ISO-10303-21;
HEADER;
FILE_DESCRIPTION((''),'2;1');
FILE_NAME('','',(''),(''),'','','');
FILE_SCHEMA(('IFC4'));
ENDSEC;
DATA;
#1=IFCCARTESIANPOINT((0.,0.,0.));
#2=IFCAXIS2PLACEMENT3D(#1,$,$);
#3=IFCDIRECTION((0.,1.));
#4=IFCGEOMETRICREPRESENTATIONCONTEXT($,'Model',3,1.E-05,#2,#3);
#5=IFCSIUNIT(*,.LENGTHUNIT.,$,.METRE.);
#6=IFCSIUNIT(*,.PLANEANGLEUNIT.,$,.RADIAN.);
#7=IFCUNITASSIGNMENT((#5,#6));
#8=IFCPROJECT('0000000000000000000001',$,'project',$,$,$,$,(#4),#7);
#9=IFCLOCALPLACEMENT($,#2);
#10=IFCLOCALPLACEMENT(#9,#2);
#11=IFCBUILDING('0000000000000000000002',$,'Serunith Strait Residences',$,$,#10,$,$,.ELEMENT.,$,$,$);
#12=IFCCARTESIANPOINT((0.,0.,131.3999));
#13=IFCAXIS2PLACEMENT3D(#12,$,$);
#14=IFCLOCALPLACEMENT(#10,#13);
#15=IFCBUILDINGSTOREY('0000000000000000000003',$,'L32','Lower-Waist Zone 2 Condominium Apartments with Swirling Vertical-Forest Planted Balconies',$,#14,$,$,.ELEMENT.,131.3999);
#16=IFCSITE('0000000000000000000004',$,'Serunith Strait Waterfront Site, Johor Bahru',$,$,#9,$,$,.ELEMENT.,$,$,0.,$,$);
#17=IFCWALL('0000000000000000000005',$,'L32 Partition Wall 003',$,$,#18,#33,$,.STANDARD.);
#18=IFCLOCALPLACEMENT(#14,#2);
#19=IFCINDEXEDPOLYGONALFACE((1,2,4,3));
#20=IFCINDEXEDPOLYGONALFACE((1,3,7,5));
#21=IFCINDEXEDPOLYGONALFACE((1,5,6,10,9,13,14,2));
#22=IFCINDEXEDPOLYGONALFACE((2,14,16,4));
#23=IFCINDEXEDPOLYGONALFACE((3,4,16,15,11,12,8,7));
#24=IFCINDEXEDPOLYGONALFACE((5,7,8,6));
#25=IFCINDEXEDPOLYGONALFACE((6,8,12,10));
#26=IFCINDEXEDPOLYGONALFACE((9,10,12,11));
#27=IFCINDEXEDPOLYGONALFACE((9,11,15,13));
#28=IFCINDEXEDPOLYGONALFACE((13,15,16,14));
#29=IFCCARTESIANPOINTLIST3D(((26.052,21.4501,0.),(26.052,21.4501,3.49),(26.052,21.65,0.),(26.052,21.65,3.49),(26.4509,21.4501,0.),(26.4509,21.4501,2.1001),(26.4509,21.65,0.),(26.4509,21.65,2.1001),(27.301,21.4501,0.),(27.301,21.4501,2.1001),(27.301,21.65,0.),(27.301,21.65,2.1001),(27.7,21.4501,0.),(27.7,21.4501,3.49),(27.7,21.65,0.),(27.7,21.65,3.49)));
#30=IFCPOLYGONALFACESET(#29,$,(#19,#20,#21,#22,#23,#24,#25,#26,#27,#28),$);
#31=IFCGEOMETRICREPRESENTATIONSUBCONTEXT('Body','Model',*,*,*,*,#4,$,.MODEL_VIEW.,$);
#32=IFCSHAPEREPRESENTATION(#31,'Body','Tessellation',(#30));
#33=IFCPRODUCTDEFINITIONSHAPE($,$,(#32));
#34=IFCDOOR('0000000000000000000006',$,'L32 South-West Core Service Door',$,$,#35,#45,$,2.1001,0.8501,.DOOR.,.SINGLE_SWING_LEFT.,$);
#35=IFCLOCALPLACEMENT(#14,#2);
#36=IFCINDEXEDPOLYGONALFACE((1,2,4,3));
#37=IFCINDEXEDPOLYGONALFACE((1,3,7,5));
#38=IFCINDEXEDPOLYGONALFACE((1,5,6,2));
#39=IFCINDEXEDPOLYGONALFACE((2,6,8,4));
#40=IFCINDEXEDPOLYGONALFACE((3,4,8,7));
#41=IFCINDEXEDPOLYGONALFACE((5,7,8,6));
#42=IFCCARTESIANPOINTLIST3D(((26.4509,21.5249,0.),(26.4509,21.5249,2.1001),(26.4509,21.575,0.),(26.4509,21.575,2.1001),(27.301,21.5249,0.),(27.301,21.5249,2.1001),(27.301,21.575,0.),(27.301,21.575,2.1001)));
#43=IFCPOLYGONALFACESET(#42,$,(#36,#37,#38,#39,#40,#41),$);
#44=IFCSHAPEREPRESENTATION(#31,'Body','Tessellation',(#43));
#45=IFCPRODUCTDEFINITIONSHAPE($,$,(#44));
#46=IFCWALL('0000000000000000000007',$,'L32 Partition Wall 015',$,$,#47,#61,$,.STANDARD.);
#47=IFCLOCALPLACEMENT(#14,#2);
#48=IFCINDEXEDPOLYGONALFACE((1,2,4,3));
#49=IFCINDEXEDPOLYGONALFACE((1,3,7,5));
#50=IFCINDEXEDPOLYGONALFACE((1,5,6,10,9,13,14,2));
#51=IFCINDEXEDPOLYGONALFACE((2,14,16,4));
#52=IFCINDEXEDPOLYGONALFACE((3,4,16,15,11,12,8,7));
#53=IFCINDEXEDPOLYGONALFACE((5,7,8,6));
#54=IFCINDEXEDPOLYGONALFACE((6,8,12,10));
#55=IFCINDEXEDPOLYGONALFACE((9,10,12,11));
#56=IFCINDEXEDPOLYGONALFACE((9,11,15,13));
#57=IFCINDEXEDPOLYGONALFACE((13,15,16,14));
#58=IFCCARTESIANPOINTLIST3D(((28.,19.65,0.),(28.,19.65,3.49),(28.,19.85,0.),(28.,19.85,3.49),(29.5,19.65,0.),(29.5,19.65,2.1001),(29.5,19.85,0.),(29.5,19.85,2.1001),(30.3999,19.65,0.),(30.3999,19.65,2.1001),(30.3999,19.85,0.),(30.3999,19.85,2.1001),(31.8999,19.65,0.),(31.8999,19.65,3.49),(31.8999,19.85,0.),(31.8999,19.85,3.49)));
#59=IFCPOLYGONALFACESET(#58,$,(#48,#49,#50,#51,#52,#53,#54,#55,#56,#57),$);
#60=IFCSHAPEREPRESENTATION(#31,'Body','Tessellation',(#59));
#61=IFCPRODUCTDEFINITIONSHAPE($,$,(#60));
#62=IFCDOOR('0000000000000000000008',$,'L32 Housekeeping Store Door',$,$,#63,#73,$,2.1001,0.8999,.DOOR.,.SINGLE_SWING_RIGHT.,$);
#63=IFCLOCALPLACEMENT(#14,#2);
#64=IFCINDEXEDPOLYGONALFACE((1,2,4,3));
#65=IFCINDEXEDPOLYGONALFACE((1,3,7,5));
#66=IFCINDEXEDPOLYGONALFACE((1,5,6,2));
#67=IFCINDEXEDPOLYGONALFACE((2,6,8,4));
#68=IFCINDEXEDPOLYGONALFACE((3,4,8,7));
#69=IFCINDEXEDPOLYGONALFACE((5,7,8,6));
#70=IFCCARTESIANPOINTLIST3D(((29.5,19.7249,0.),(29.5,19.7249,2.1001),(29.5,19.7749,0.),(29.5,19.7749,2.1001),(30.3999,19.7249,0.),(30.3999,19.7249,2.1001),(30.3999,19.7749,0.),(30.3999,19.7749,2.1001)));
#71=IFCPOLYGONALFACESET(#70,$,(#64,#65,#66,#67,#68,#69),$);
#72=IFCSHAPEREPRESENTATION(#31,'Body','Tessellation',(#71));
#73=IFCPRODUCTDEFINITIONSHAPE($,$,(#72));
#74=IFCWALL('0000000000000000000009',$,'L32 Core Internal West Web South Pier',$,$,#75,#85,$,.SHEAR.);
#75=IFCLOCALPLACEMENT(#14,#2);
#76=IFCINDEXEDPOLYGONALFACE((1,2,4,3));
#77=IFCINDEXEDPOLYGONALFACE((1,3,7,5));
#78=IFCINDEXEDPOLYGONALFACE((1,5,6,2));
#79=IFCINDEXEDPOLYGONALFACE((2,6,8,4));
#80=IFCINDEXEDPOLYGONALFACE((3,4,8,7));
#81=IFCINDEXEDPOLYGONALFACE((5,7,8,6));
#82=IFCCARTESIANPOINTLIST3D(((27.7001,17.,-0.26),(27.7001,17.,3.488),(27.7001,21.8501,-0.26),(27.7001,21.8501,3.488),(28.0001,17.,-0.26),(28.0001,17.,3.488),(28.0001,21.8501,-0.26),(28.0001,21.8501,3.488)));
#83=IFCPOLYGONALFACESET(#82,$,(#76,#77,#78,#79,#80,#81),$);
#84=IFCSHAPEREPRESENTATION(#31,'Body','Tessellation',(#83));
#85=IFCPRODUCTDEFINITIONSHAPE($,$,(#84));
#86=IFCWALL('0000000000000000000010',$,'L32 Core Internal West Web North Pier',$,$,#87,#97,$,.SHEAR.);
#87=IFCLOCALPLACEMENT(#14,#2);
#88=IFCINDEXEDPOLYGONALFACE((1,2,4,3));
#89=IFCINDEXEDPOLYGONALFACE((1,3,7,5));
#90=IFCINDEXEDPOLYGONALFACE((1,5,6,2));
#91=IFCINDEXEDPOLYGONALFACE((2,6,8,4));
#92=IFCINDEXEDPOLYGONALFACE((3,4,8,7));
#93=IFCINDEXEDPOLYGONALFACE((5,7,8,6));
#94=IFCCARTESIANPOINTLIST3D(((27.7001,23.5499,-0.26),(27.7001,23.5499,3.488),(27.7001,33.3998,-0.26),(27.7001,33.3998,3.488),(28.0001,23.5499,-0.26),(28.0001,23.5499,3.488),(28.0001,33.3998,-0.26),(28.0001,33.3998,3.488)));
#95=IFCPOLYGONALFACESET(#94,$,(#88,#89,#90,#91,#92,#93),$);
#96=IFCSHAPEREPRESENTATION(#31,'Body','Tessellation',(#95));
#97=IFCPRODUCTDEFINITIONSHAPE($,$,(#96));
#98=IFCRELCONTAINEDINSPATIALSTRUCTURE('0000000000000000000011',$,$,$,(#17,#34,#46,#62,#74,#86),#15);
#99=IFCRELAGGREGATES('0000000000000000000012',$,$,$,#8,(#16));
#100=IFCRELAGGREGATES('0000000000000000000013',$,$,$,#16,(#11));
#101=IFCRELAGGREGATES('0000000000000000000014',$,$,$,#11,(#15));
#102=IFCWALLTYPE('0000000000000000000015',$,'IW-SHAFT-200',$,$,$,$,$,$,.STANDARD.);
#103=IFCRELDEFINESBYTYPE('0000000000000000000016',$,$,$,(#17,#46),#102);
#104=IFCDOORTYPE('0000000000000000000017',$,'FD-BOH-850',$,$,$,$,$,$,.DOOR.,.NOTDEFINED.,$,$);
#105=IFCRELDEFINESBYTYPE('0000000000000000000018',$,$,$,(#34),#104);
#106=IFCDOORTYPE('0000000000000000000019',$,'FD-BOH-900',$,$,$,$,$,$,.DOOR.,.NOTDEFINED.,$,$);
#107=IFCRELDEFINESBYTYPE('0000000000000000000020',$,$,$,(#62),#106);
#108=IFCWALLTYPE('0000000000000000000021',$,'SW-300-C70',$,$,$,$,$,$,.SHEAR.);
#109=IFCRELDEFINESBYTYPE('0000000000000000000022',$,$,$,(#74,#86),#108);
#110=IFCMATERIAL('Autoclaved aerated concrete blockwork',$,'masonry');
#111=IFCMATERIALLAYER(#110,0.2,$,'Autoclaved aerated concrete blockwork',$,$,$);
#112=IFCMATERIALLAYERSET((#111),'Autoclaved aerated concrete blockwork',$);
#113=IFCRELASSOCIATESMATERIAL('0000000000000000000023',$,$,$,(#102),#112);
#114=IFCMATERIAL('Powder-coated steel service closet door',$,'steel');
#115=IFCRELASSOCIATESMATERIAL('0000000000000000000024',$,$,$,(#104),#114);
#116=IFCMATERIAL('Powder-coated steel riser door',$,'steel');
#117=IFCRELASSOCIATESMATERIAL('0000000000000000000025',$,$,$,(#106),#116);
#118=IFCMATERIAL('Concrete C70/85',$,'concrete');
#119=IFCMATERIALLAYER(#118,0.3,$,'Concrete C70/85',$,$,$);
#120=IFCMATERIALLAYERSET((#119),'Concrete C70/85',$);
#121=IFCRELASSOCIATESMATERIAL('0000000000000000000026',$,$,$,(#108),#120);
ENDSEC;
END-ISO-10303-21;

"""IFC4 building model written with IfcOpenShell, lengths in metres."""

from ifc_helpers import new_model, si_unit, direction, frame, frame_2d, origin, place, context, subcontext, project, spatial, rectangle, extrude, source, transform, mapped, material, layer, layer_set, type_object, element, fill, save


model = new_model("IFC4")

# Units and contexts
model_context = context("Model", 3, precision=1e-05, world=origin(), true_north=direction((0.0, 1.0)))
body_context = subcontext(model_context, "Body", "Model", "MODEL_VIEW")
ifc_project = project(units=[si_unit("LENGTHUNIT", "METRE"), si_unit("PLANEANGLEUNIT", "RADIAN")], contexts=[model_context])

# Site, building, storey
site_placement = place(None, origin())
site = spatial("IfcSite", under=ifc_project, at=site_placement, Name="Serunith Strait Waterfront Site, Johor Bahru", CompositionType="ELEMENT", RefElevation=0.0)
building_placement = place(site_placement, origin())
building = spatial("IfcBuilding", under=site, at=building_placement, Name="Serunith Strait Residences", CompositionType="ELEMENT")
storey_placement = place(building_placement, frame((0.0, 0.0, 131.3999)))
storey = spatial("IfcBuildingStorey", under=building, at=storey_placement, Name="L32", Description="Lower-Waist Zone 2 Condominium Apartments with Swirling Vertical-Forest Planted Balconies", CompositionType="ELEMENT", Elevation=131.3999)

# Shared definitions
ifc_material_1 = material(Name="Autoclaved aerated concrete blockwork", Category="masonry")
ifc_layer_1 = layer(ifc_material_1, 0.2, Name="Autoclaved aerated concrete blockwork")
ifc_layer_set_1 = layer_set([ifc_layer_1], Name="Autoclaved aerated concrete blockwork")
wall_type_1 = type_object("IfcWallType", Name="IW-SHAFT-200", PredefinedType="STANDARD", material=ifc_layer_set_1)

# Walls, openings, doors
wall_1_placement = place(storey_placement, frame((26.052, 21.55, 0.0), z_axis=(0.0, 0.0, 1.0), x_axis=(1.0, 0.0, 0.0)))
wall_1 = element("IfcWall", 1, at=wall_1_placement, inside=storey, type_object=wall_type_1, Name="L32 Partition Wall 003", PredefinedType="STANDARD", context=body_context, shape_type="SweptSolid", body=[
    extrude(rectangle(XDim=1.6479, YDim=0.2, at=frame_2d((0.824, 0.0))), origin(), (0.0, 0.0, 1.0), 3.49),
])
opening_1_placement = place(wall_1_placement, frame((0.3989, 0.0, 0.0)))
opening_1 = element("IfcOpeningElement", 2, at=opening_1_placement, cuts=wall_1, PredefinedType="OPENING", context=body_context, shape_type="SweptSolid", body=[
    extrude(rectangle(XDim=0.8501, YDim=2.1001, at=frame_2d((0.425, 1.05))), frame((0.0, 0.1099, 0.0), z_axis=(0.0, -1.0, 0.0), x_axis=(1.0, 0.0, 0.0)), (0.0, 0.0, 1.0), 0.22),
])
ifc_material_2 = material(Name="Powder-coated steel service closet door", Category="steel")
door_type_1 = type_object("IfcDoorType", Name="FD-BOH-850", OperationType="NOTDEFINED", PredefinedType="DOOR", material=ifc_material_2)
shared_shape_1 = source(origin(), body_context, "Body", "SweptSolid", [
    extrude(rectangle(XDim=0.8501, YDim=2.1001, at=frame_2d((0.425, 1.05))), frame((0.0, 0.0249, 0.0), z_axis=(0.0, -1.0, 0.0), x_axis=(1.0, 0.0, 0.0)), (0.0, 0.0, 1.0), 0.05),
])
door_1_placement = place(opening_1_placement, origin())
door_1 = element("IfcDoor", 3, at=door_1_placement, inside=storey, type_object=door_type_1, Name="L32 South-West Core Service Door", OperationType="SINGLE_SWING_LEFT", OverallHeight=2.1001, OverallWidth=0.8501, PredefinedType="DOOR", context=body_context, shape_type="MappedRepresentation", body=[
    mapped(shared_shape_1, transform((0.0, 0.0, 0.0), scale=1.0)),
])
fill(opening_1, door_1)
wall_2_placement = place(storey_placement, frame((28.0, 19.75, 0.0), z_axis=(0.0, 0.0, 1.0), x_axis=(1.0, 0.0, 0.0)))
wall_2 = element("IfcWall", 4, at=wall_2_placement, inside=storey, type_object=wall_type_1, Name="L32 Partition Wall 015", PredefinedType="STANDARD", context=body_context, shape_type="SweptSolid", body=[
    extrude(rectangle(XDim=3.8999, YDim=0.2, at=frame_2d((1.95, 0.0))), origin(), (0.0, 0.0, 1.0), 3.49),
])
opening_2_placement = place(wall_2_placement, frame((1.5, 0.0, 0.0)))
opening_2 = element("IfcOpeningElement", 5, at=opening_2_placement, cuts=wall_2, PredefinedType="OPENING", context=body_context, shape_type="SweptSolid", body=[
    extrude(rectangle(XDim=0.8999, YDim=2.1001, at=frame_2d((0.45, 1.05))), frame((0.0, 0.1099, 0.0), z_axis=(0.0, -1.0, 0.0), x_axis=(1.0, 0.0, 0.0)), (0.0, 0.0, 1.0), 0.22),
])
ifc_material_3 = material(Name="Powder-coated steel riser door", Category="steel")
door_type_2 = type_object("IfcDoorType", Name="FD-BOH-900", OperationType="NOTDEFINED", PredefinedType="DOOR", material=ifc_material_3)
shared_shape_2 = source(origin(), body_context, "Body", "SweptSolid", [
    extrude(rectangle(XDim=0.8999, YDim=2.1001, at=frame_2d((0.45, 1.05))), frame((0.0, 0.0249, 0.0), z_axis=(0.0, -1.0, 0.0), x_axis=(1.0, 0.0, 0.0)), (0.0, 0.0, 1.0), 0.05),
])
door_2_placement = place(opening_2_placement, origin())
door_2 = element("IfcDoor", 6, at=door_2_placement, inside=storey, type_object=door_type_2, Name="L32 Housekeeping Store Door", OperationType="SINGLE_SWING_RIGHT", OverallHeight=2.1001, OverallWidth=0.8999, PredefinedType="DOOR", context=body_context, shape_type="MappedRepresentation", body=[
    mapped(shared_shape_2, transform((0.0, 0.0, 0.0), scale=1.0)),
])
fill(opening_2, door_2)

# Walls
ifc_material_4 = material(Name="Concrete C70/85", Category="concrete")
ifc_layer_2 = layer(ifc_material_4, 0.3, Name="Concrete C70/85")
ifc_layer_set_2 = layer_set([ifc_layer_2], Name="Concrete C70/85")
wall_type_2 = type_object("IfcWallType", Name="SW-300-C70", PredefinedType="SHEAR", material=ifc_layer_set_2)
wall_3_placement = place(storey_placement, frame((27.8501, 17.0, -0.26), z_axis=(0.0, 0.0, 1.0), x_axis=(0.0, 1.0, 0.0)))
element("IfcWall", 7, at=wall_3_placement, inside=storey, type_object=wall_type_2, Name="L32 Core Internal West Web South Pier", PredefinedType="SHEAR", context=body_context, shape_type="SweptSolid", body=[
    extrude(rectangle(XDim=4.8501, YDim=0.3, at=frame_2d((2.425, 0.0))), origin(), (0.0, 0.0, 1.0), 3.748),
])
wall_4_placement = place(storey_placement, frame((27.8501, 23.55, -0.26), z_axis=(0.0, 0.0, 1.0), x_axis=(0.0, 1.0, 0.0)))
element("IfcWall", 8, at=wall_4_placement, inside=storey, type_object=wall_type_2, Name="L32 Core Internal West Web North Pier", PredefinedType="SHEAR", context=body_context, shape_type="SweptSolid", body=[
    extrude(rectangle(XDim=9.8499, YDim=0.3, at=frame_2d((4.9248, 0.0))), origin(), (0.0, 0.0, 1.0), 3.748),
])

save(model, "model.ifc")
